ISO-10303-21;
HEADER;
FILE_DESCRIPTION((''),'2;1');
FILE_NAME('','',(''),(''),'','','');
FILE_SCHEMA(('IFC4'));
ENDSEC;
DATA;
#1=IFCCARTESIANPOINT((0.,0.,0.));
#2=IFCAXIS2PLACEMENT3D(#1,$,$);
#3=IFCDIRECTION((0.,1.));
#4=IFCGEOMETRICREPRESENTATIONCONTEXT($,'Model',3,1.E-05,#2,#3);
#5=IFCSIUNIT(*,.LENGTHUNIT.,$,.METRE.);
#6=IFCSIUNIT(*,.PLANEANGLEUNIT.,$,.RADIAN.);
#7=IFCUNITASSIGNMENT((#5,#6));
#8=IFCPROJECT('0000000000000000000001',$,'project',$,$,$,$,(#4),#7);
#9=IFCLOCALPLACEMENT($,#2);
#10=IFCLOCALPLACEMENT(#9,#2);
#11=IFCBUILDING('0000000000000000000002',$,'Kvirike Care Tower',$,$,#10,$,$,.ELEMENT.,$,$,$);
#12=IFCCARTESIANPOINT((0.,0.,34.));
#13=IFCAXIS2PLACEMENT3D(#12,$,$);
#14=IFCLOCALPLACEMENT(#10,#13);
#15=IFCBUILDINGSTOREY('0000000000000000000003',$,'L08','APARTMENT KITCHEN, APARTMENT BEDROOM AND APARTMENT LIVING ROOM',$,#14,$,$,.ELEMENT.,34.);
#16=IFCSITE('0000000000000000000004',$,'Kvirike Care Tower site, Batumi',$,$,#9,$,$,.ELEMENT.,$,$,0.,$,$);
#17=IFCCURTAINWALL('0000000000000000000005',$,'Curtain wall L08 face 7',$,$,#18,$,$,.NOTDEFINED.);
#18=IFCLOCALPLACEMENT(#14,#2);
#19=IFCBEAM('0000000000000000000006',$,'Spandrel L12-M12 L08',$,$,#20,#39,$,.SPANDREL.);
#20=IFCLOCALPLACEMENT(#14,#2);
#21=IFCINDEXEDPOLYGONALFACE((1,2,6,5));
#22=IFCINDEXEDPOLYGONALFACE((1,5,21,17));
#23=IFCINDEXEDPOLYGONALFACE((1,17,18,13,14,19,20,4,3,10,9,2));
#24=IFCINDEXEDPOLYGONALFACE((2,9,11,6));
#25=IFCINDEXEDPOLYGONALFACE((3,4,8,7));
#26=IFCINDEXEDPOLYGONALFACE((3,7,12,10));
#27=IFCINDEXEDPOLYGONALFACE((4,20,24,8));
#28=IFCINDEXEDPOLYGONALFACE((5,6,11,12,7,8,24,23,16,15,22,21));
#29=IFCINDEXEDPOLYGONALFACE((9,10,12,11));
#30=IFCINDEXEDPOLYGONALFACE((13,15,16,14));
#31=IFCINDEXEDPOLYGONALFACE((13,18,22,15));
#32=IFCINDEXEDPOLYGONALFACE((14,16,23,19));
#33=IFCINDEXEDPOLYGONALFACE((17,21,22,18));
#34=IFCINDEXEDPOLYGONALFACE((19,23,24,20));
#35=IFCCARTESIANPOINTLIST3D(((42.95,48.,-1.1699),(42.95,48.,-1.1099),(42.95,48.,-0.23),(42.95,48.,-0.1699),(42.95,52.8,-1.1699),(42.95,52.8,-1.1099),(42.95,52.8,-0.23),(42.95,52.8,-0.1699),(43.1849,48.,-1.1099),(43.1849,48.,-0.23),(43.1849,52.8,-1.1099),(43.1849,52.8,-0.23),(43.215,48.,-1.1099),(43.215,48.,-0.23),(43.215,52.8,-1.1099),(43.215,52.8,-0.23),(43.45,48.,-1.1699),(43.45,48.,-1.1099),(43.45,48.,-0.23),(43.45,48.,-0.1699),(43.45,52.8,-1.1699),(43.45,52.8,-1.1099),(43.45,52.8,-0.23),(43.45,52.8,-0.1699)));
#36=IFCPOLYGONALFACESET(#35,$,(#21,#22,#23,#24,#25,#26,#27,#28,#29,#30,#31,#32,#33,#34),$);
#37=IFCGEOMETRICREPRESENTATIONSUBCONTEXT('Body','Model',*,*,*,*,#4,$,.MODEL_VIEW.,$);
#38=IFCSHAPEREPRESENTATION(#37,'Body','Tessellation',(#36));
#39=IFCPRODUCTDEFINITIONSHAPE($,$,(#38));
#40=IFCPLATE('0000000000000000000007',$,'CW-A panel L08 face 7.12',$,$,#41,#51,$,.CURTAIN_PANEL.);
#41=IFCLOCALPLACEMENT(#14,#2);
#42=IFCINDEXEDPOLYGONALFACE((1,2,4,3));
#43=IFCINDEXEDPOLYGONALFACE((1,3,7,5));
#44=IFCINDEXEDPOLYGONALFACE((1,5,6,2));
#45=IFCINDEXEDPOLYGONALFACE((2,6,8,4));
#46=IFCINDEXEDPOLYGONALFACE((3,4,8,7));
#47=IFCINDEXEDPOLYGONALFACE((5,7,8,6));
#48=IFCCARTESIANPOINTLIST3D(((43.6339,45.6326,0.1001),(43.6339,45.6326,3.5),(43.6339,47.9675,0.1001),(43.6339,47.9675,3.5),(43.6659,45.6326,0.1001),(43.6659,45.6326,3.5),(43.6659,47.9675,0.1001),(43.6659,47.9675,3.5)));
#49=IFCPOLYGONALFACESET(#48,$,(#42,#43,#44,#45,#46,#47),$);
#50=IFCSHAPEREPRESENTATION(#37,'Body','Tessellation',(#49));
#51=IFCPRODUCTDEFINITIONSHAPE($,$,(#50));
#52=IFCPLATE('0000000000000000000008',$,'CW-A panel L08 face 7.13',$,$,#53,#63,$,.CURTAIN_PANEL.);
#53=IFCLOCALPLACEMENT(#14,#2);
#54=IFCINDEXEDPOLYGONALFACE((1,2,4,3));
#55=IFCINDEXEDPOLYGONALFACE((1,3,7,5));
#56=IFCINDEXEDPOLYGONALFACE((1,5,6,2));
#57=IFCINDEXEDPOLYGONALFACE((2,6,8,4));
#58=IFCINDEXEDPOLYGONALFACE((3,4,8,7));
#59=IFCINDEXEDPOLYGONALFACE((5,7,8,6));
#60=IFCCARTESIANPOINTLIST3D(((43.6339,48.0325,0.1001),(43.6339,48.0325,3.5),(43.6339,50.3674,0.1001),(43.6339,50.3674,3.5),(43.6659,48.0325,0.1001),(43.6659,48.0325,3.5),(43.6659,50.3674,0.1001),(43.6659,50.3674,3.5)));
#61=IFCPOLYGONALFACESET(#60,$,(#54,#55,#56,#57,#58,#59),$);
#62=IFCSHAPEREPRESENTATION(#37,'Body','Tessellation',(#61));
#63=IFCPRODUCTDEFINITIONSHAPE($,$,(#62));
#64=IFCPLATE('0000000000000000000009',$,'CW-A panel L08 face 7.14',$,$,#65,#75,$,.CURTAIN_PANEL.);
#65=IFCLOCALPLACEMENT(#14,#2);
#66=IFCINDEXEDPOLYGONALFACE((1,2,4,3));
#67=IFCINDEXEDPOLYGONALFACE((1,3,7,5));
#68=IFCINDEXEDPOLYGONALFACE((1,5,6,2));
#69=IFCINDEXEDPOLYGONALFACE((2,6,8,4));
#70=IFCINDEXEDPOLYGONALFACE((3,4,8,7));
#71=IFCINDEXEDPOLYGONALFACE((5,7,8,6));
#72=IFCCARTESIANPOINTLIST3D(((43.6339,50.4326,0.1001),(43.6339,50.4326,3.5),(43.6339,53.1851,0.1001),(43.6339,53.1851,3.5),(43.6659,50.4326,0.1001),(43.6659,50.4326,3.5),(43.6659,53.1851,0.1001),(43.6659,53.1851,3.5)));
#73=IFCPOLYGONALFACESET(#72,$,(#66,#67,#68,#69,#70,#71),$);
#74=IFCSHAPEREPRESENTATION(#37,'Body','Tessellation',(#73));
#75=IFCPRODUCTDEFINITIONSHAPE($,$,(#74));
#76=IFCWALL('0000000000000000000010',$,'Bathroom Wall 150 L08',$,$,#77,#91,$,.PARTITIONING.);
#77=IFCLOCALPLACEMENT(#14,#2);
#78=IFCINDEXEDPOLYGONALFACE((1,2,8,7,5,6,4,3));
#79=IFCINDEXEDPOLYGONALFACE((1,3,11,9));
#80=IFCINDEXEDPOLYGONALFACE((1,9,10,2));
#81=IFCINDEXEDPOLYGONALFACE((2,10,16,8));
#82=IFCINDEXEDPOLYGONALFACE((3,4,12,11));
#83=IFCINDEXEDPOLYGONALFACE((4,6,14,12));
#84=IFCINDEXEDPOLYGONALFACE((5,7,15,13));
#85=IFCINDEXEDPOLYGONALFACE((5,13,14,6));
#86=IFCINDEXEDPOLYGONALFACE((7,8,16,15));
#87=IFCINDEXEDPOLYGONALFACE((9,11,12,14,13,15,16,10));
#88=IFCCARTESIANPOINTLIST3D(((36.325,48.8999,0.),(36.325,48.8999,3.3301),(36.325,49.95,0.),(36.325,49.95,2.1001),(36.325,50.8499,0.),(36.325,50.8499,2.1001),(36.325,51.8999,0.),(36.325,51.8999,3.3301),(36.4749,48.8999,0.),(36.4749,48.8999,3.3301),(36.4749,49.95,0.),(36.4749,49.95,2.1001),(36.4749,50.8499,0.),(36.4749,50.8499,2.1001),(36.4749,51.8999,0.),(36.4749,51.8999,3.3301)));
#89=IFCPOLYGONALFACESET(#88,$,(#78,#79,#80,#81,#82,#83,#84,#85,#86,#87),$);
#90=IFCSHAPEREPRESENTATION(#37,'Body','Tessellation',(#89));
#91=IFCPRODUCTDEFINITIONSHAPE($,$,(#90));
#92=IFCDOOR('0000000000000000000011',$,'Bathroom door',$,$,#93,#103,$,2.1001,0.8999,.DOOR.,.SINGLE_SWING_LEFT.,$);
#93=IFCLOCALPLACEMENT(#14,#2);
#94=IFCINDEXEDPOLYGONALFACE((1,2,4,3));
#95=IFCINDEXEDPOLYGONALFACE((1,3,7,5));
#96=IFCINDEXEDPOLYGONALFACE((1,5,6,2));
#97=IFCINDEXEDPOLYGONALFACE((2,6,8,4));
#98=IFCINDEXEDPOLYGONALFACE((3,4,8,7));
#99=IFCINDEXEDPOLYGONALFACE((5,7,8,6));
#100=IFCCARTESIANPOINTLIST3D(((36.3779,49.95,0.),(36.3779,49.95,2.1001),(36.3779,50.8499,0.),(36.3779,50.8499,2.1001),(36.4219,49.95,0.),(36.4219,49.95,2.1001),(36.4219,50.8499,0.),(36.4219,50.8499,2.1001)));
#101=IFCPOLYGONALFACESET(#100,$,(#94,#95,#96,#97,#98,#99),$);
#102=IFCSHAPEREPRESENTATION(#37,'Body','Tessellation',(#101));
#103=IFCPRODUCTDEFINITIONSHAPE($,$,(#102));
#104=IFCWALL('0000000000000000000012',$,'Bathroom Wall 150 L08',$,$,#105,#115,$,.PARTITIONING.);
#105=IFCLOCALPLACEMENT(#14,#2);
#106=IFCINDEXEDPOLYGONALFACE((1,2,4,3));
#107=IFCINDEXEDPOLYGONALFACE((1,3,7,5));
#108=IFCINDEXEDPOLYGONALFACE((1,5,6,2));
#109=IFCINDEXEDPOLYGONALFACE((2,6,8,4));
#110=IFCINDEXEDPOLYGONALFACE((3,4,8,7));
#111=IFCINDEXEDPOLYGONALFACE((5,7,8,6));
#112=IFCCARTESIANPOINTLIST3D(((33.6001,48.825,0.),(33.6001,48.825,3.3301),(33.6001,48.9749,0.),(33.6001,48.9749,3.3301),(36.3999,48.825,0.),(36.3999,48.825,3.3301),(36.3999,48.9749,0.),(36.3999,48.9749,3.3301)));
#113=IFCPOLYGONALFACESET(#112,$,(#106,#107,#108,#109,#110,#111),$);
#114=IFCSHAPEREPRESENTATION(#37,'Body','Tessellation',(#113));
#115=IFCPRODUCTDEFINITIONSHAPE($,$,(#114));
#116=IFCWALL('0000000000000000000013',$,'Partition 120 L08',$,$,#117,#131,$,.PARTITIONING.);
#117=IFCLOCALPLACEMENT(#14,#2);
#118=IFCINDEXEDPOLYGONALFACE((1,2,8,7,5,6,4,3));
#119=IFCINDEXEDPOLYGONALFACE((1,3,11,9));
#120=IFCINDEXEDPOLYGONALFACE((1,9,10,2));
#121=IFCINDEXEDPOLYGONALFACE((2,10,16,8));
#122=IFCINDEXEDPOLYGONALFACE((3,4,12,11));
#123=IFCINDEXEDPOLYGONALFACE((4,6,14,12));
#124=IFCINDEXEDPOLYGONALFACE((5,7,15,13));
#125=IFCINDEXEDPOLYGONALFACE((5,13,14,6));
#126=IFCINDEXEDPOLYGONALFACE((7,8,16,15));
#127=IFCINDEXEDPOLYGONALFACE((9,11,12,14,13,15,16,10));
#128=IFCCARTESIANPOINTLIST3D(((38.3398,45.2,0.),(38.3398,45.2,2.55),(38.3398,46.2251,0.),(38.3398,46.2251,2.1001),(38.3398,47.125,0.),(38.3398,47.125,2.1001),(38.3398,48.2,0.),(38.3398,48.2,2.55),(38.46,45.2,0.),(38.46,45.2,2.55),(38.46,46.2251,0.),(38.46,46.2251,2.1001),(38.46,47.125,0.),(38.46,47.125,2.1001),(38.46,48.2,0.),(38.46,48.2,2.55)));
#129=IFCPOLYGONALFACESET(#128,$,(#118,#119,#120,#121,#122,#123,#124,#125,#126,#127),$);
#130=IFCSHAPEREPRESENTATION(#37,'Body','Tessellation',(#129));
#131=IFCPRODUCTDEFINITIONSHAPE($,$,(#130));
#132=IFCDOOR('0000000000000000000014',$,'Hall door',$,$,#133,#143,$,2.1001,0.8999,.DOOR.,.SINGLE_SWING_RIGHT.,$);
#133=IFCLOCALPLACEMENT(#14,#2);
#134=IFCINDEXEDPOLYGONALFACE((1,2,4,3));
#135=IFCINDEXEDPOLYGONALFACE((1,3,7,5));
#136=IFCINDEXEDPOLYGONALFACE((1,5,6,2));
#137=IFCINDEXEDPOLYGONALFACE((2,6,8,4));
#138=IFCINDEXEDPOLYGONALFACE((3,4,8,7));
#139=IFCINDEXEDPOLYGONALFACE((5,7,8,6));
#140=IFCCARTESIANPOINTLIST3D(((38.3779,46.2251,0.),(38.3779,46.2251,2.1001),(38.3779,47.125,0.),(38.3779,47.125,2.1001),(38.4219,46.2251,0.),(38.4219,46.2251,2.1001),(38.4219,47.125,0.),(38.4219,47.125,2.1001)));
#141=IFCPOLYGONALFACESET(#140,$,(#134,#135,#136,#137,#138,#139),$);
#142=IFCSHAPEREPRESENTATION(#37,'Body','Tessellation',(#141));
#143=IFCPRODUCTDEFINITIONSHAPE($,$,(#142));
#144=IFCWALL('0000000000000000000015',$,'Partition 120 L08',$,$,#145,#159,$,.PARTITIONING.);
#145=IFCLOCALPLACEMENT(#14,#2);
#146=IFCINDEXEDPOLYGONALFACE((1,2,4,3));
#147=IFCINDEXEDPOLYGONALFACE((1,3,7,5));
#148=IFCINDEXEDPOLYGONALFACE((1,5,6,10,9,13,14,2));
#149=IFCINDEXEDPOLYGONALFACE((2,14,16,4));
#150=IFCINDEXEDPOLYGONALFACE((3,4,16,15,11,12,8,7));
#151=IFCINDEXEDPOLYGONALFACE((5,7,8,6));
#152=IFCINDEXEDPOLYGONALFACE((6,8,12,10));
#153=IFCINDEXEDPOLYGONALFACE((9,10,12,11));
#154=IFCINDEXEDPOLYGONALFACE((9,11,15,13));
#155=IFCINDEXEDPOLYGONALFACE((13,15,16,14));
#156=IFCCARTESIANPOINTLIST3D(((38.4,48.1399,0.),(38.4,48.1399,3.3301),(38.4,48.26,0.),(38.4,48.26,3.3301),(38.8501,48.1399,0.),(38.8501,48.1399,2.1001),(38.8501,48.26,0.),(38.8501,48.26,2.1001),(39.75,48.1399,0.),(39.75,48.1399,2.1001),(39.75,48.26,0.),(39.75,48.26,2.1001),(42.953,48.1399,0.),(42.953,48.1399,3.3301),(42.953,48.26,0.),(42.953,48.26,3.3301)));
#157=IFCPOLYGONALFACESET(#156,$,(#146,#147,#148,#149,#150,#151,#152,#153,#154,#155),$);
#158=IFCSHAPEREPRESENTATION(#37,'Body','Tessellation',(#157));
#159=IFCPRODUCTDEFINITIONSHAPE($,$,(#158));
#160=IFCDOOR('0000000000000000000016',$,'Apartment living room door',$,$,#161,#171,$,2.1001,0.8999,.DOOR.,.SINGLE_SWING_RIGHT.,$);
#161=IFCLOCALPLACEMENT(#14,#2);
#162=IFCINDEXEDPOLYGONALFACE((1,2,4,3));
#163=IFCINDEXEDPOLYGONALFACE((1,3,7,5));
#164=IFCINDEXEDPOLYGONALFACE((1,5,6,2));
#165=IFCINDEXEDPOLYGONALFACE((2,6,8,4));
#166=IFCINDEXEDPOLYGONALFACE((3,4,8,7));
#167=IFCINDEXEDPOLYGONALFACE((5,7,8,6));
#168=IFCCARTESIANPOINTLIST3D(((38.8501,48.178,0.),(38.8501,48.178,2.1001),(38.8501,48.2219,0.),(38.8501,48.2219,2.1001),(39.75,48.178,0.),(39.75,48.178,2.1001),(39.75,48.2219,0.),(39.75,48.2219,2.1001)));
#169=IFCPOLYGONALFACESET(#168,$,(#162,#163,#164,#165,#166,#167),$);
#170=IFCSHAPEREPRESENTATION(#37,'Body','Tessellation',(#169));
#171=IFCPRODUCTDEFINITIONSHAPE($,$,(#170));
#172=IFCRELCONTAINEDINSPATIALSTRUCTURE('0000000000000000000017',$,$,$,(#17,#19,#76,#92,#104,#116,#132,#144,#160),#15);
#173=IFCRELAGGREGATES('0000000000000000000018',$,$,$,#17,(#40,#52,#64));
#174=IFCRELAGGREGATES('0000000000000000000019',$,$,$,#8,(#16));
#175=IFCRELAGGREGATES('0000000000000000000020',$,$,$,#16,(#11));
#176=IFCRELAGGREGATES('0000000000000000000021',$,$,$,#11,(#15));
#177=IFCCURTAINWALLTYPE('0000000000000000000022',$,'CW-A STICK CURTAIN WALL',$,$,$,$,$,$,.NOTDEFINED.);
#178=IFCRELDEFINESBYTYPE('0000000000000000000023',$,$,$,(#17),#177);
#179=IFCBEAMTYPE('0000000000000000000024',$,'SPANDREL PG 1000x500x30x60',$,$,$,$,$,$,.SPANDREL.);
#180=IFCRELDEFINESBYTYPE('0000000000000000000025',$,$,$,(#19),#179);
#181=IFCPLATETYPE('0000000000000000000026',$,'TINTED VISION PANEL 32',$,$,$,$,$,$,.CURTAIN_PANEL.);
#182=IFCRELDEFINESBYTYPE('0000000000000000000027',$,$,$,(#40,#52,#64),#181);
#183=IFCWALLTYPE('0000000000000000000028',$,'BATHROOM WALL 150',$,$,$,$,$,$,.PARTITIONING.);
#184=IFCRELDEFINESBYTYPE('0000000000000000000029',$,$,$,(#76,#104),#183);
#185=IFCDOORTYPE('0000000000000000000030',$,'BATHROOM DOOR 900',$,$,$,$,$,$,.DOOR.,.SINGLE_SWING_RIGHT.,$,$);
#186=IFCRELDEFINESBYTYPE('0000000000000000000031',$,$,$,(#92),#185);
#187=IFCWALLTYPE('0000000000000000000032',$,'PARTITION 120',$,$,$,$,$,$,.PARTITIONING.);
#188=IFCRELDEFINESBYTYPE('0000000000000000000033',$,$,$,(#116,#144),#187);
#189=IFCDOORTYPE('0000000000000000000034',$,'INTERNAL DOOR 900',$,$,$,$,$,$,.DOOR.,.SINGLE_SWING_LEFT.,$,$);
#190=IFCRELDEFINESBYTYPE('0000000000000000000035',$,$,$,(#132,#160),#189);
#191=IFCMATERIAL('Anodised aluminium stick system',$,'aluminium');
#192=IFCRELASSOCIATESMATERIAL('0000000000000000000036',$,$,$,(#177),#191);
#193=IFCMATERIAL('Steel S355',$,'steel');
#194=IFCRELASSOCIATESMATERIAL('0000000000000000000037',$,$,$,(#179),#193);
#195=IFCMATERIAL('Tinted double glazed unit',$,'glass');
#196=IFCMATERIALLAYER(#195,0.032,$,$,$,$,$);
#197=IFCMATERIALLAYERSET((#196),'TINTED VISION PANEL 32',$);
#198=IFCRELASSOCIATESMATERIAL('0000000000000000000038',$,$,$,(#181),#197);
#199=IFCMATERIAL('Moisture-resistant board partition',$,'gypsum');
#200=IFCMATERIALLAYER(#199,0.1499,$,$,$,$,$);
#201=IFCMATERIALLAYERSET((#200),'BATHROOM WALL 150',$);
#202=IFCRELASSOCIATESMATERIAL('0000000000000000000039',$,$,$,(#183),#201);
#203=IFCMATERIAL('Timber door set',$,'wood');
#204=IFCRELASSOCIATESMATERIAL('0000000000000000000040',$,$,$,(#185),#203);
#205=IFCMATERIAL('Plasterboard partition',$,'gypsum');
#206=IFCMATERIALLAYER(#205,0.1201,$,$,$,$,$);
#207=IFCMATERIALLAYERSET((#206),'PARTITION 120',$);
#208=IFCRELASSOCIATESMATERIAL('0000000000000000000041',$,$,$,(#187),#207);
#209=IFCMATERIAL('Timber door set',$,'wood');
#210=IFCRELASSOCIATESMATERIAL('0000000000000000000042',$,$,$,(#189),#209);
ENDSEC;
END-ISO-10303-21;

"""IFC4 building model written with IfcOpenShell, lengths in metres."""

from ifc_helpers import new_model, si_unit, direction, frame, frame_2d, origin, origin_2d, place, context, subcontext, project, spatial, rectangle, i_section, extrude, material, layer, layer_set, material_profile, profile_set, type_object, element, fill, aggregate, save


model = new_model("IFC4")

# Units and contexts
model_context = context("Model", 3, precision=1e-05, world=origin(), true_north=direction((0.0, 1.0)))
body_context = subcontext(model_context, "Body", "Model", "MODEL_VIEW")
ifc_project = project(units=[si_unit("LENGTHUNIT", "METRE"), si_unit("PLANEANGLEUNIT", "RADIAN")], contexts=[model_context])

# Site, building, storey
site_placement = place(None, origin())
site = spatial("IfcSite", under=ifc_project, at=site_placement, Name="Kvirike Care Tower site, Batumi", CompositionType="ELEMENT", RefElevation=0.0)
building_placement = place(site_placement, origin())
building = spatial("IfcBuilding", under=site, at=building_placement, Name="Kvirike Care Tower", CompositionType="ELEMENT")
storey_placement = place(building_placement, frame((0.0, 0.0, 34.0)))
storey = spatial("IfcBuildingStorey", under=building, at=storey_placement, Name="L08", Description="APARTMENT KITCHEN, APARTMENT BEDROOM AND APARTMENT LIVING ROOM", CompositionType="ELEMENT", Elevation=34.0)

# Curtain wall
ifc_material_1 = material(Name="Anodised aluminium stick system", Category="aluminium")
curtain_wall_type = type_object("IfcCurtainWallType", Name="CW-A STICK CURTAIN WALL", PredefinedType="NOTDEFINED", material=ifc_material_1)
curtain_wall_placement = place(storey_placement, origin())
curtain_wall = element("IfcCurtainWall", 1, at=curtain_wall_placement, inside=storey, type_object=curtain_wall_type, Name="Curtain wall L08 face 7", PredefinedType="NOTDEFINED")

# Beam
ifc_material_2 = material(Name="Steel S355", Category="steel")
ifc_material_profile_1 = material_profile(ifc_material_2, i_section(OverallWidth=0.5, OverallDepth=1.0, WebThickness=0.03, FlangeThickness=0.0601, at=origin_2d()), Name="PG 1000x500x30x60")
ifc_profile_set_1 = profile_set([ifc_material_profile_1], Name="Steel S355")
beam_type = type_object("IfcBeamType", Name="SPANDREL PG 1000x500x30x60", PredefinedType="SPANDREL", material=ifc_profile_set_1)
for number, where, z_axis, x_axis, name in (
    (2, (43.2, 48.0, -0.6699), (0.0, 1.0, 0.0), (-1.0, 0.0, 0.0), "Spandrel L12-M12 L08"),
):
    element("IfcBeam", number, at=place(storey_placement, frame(where, z_axis=z_axis, x_axis=x_axis)), inside=storey, type_object=beam_type, Name=name, PredefinedType="SPANDREL", context=body_context, shape_type="SweptSolid", body=[
        extrude(i_section(OverallWidth=0.5, OverallDepth=1.0, WebThickness=0.03, FlangeThickness=0.0601, at=origin_2d()), origin(), (0.0, 0.0, 1.0), 4.8),
    ])

# Plates
ifc_material_3 = material(Name="Tinted double glazed unit", Category="glass")
ifc_layer_1 = layer(ifc_material_3, 0.032)
ifc_layer_set_1 = layer_set([ifc_layer_1], Name="TINTED VISION PANEL 32")
plate_type = type_object("IfcPlateType", Name="TINTED VISION PANEL 32", PredefinedType="CURTAIN_PANEL", material=ifc_layer_set_1)
plate_1_placement = place(storey_placement, frame((43.6499, 46.8, 0.1001), z_axis=(0.0, 0.0, 1.0), x_axis=(0.0, 1.0, 0.0)))
plate_1 = element("IfcPlate", 3, at=plate_1_placement, type_object=plate_type, Name="CW-A panel L08 face 7.12", PredefinedType="CURTAIN_PANEL", context=body_context, shape_type="SweptSolid", body=[
    extrude(rectangle(XDim=2.335, YDim=0.032, at=origin_2d()), origin(), (0.0, 0.0, 1.0), 3.3999),
])
plate_2_placement = place(storey_placement, frame((43.6499, 49.2, 0.1001), z_axis=(0.0, 0.0, 1.0), x_axis=(0.0, 1.0, 0.0)))
plate_2 = element("IfcPlate", 4, at=plate_2_placement, type_object=plate_type, Name="CW-A panel L08 face 7.13", PredefinedType="CURTAIN_PANEL", context=body_context, shape_type="SweptSolid", body=[
    extrude(rectangle(XDim=2.335, YDim=0.032, at=origin_2d()), origin(), (0.0, 0.0, 1.0), 3.3999),
])
plate_3_placement = place(storey_placement, frame((43.6499, 51.8088, 0.1001), z_axis=(0.0, 0.0, 1.0), x_axis=(0.0, 1.0, 0.0)))
plate_3 = element("IfcPlate", 5, at=plate_3_placement, type_object=plate_type, Name="CW-A panel L08 face 7.14", PredefinedType="CURTAIN_PANEL", context=body_context, shape_type="SweptSolid", body=[
    extrude(rectangle(XDim=2.7524, YDim=0.032, at=origin_2d()), origin(), (0.0, 0.0, 1.0), 3.3999),
])
aggregate(curtain_wall, [plate_1, plate_2, plate_3])

# Wall, opening, door
ifc_material_4 = material(Name="Moisture-resistant board partition", Category="gypsum")
ifc_layer_2 = layer(ifc_material_4, 0.1499)
ifc_layer_set_2 = layer_set([ifc_layer_2], Name="BATHROOM WALL 150")
wall_type_1 = type_object("IfcWallType", Name="BATHROOM WALL 150", PredefinedType="PARTITIONING", material=ifc_layer_set_2)
wall_1_placement = place(storey_placement, frame((36.3999, 51.8999, 0.0), z_axis=(0.0, 0.0, 1.0), x_axis=(0.0, -1.0, 0.0)))
wall_1 = element("IfcWall", 6, at=wall_1_placement, inside=storey, type_object=wall_type_1, Name="Bathroom Wall 150 L08", PredefinedType="PARTITIONING", context=body_context, shape_type="SweptSolid", body=[
    extrude(rectangle(XDim=3.0, YDim=0.1499, at=frame_2d((1.5, 0.0))), origin(), (0.0, 0.0, 1.0), 3.3301),
])
opening_1_placement = place(wall_1_placement, frame((1.05, 0.0, 0.0)))
opening_1 = element("IfcOpeningElement", 7, at=opening_1_placement, cuts=wall_1, PredefinedType="OPENING", context=body_context, shape_type="SweptSolid", body=[
    extrude(rectangle(XDim=0.8999, YDim=2.1001, at=frame_2d((0.45, 1.05))), frame((0.0, 0.0854, 0.0), z_axis=(0.0, -1.0, 0.0), x_axis=(1.0, 0.0, 0.0)), (0.0, 0.0, 1.0), 0.1709),
])
ifc_material_5 = material(Name="Timber door set", Category="wood")
door_type_1 = type_object("IfcDoorType", Name="BATHROOM DOOR 900", OperationType="SINGLE_SWING_RIGHT", PredefinedType="DOOR", material=ifc_material_5)
door_1_placement = place(opening_1_placement, frame((0.8999, 0.0, 0.0), z_axis=(0.0, 0.0, 1.0), x_axis=(-1.0, 0.0, 0.0)))
door_1 = element("IfcDoor", 8, at=door_1_placement, inside=storey, type_object=door_type_1, Name="Bathroom door", OperationType="SINGLE_SWING_LEFT", OverallHeight=2.1001, OverallWidth=0.8999, PredefinedType="DOOR", context=body_context, shape_type="SweptSolid", body=[
    extrude(rectangle(XDim=0.8999, YDim=2.1001, at=frame_2d((0.45, 1.05))), frame((0.0, 0.022, 0.0), z_axis=(0.0, -1.0, 0.0), x_axis=(1.0, 0.0, 0.0)), (0.0, 0.0, 1.0), 0.0439),
])
fill(opening_1, door_1)

# Wall
wall_2_placement = place(storey_placement, frame((36.3999, 48.8999, 0.0), z_axis=(0.0, 0.0, 1.0), x_axis=(-1.0, 0.0, 0.0)))
element("IfcWall", 9, at=wall_2_placement, inside=storey, type_object=wall_type_1, Name="Bathroom Wall 150 L08", PredefinedType="PARTITIONING", context=body_context, shape_type="SweptSolid", body=[
    extrude(rectangle(XDim=2.7998, YDim=0.1499, at=frame_2d((1.3999, 0.0))), origin(), (0.0, 0.0, 1.0), 3.3301),
])

# Walls, openings, doors
ifc_material_6 = material(Name="Plasterboard partition", Category="gypsum")
ifc_layer_3 = layer(ifc_material_6, 0.1201)
ifc_layer_set_3 = layer_set([ifc_layer_3], Name="PARTITION 120")
wall_type_2 = type_object("IfcWallType", Name="PARTITION 120", PredefinedType="PARTITIONING", material=ifc_layer_set_3)
wall_3_placement = place(storey_placement, frame((38.3999, 48.2, 0.0), z_axis=(0.0, 0.0, 1.0), x_axis=(0.0, -1.0, 0.0)))
wall_3 = element("IfcWall", 10, at=wall_3_placement, inside=storey, type_object=wall_type_2, Name="Partition 120 L08", PredefinedType="PARTITIONING", context=body_context, shape_type="SweptSolid", body=[
    extrude(rectangle(XDim=3.0, YDim=0.1201, at=frame_2d((1.5, 0.0))), origin(), (0.0, 0.0, 1.0), 2.55),
])
opening_2_placement = place(wall_3_placement, frame((1.075, 0.0, 0.0)))
opening_2 = element("IfcOpeningElement", 11, at=opening_2_placement, cuts=wall_3, PredefinedType="OPENING", context=body_context, shape_type="SweptSolid", body=[
    extrude(rectangle(XDim=0.8999, YDim=2.1001, at=frame_2d((0.45, 1.05))), frame((0.0, 0.0706, 0.0), z_axis=(0.0, -1.0, 0.0), x_axis=(1.0, 0.0, 0.0)), (0.0, 0.0, 1.0), 0.1411),
])
ifc_material_7 = material(Name="Timber door set", Category="wood")
door_type_2 = type_object("IfcDoorType", Name="INTERNAL DOOR 900", OperationType="SINGLE_SWING_LEFT", PredefinedType="DOOR", material=ifc_material_7)
door_2_placement = place(opening_2_placement, frame((0.8999, 0.0, 0.0), z_axis=(0.0, 0.0, 1.0), x_axis=(-1.0, 0.0, 0.0)))
door_2 = element("IfcDoor", 12, at=door_2_placement, inside=storey, type_object=door_type_2, Name="Hall door", OperationType="SINGLE_SWING_RIGHT", OverallHeight=2.1001, OverallWidth=0.8999, PredefinedType="DOOR", context=body_context, shape_type="SweptSolid", body=[
    extrude(rectangle(XDim=0.8999, YDim=2.1001, at=frame_2d((0.45, 1.05))), frame((0.0, 0.022, 0.0), z_axis=(0.0, -1.0, 0.0), x_axis=(1.0, 0.0, 0.0)), (0.0, 0.0, 1.0), 0.0439),
])
fill(opening_2, door_2)
wall_4_placement = place(storey_placement, frame((42.9529, 48.2, 0.0), z_axis=(0.0, 0.0, 1.0), x_axis=(-1.0, 0.0, 0.0)))
wall_4 = element("IfcWall", 13, at=wall_4_placement, inside=storey, type_object=wall_type_2, Name="Partition 120 L08", PredefinedType="PARTITIONING", context=body_context, shape_type="SweptSolid", body=[
    extrude(rectangle(XDim=4.553, YDim=0.1201, at=frame_2d((2.2764, 0.0))), origin(), (0.0, 0.0, 1.0), 3.3301),
])
opening_3_placement = place(wall_4_placement, frame((3.2029, 0.0, 0.0)))
opening_3 = element("IfcOpeningElement", 14, at=opening_3_placement, cuts=wall_4, PredefinedType="OPENING", context=body_context, shape_type="SweptSolid", body=[
    extrude(rectangle(XDim=0.8999, YDim=2.1001, at=frame_2d((0.45, 1.05))), frame((0.0, 0.0706, 0.0), z_axis=(0.0, -1.0, 0.0), x_axis=(1.0, 0.0, 0.0)), (0.0, 0.0, 1.0), 0.1411),
])
door_3_placement = place(opening_3_placement, frame((0.8999, 0.0, 0.0), z_axis=(0.0, 0.0, 1.0), x_axis=(-1.0, 0.0, 0.0)))
door_3 = element("IfcDoor", 15, at=door_3_placement, inside=storey, type_object=door_type_2, Name="Apartment living room door", OperationType="SINGLE_SWING_RIGHT", OverallHeight=2.1001, OverallWidth=0.8999, PredefinedType="DOOR", context=body_context, shape_type="SweptSolid", body=[
    extrude(rectangle(XDim=0.8999, YDim=2.1001, at=frame_2d((0.45, 1.05))), frame((0.0, 0.022, 0.0), z_axis=(0.0, -1.0, 0.0), x_axis=(1.0, 0.0, 0.0)), (0.0, 0.0, 1.0), 0.0439),
])
fill(opening_3, door_3)

save(model, "model.ifc")
